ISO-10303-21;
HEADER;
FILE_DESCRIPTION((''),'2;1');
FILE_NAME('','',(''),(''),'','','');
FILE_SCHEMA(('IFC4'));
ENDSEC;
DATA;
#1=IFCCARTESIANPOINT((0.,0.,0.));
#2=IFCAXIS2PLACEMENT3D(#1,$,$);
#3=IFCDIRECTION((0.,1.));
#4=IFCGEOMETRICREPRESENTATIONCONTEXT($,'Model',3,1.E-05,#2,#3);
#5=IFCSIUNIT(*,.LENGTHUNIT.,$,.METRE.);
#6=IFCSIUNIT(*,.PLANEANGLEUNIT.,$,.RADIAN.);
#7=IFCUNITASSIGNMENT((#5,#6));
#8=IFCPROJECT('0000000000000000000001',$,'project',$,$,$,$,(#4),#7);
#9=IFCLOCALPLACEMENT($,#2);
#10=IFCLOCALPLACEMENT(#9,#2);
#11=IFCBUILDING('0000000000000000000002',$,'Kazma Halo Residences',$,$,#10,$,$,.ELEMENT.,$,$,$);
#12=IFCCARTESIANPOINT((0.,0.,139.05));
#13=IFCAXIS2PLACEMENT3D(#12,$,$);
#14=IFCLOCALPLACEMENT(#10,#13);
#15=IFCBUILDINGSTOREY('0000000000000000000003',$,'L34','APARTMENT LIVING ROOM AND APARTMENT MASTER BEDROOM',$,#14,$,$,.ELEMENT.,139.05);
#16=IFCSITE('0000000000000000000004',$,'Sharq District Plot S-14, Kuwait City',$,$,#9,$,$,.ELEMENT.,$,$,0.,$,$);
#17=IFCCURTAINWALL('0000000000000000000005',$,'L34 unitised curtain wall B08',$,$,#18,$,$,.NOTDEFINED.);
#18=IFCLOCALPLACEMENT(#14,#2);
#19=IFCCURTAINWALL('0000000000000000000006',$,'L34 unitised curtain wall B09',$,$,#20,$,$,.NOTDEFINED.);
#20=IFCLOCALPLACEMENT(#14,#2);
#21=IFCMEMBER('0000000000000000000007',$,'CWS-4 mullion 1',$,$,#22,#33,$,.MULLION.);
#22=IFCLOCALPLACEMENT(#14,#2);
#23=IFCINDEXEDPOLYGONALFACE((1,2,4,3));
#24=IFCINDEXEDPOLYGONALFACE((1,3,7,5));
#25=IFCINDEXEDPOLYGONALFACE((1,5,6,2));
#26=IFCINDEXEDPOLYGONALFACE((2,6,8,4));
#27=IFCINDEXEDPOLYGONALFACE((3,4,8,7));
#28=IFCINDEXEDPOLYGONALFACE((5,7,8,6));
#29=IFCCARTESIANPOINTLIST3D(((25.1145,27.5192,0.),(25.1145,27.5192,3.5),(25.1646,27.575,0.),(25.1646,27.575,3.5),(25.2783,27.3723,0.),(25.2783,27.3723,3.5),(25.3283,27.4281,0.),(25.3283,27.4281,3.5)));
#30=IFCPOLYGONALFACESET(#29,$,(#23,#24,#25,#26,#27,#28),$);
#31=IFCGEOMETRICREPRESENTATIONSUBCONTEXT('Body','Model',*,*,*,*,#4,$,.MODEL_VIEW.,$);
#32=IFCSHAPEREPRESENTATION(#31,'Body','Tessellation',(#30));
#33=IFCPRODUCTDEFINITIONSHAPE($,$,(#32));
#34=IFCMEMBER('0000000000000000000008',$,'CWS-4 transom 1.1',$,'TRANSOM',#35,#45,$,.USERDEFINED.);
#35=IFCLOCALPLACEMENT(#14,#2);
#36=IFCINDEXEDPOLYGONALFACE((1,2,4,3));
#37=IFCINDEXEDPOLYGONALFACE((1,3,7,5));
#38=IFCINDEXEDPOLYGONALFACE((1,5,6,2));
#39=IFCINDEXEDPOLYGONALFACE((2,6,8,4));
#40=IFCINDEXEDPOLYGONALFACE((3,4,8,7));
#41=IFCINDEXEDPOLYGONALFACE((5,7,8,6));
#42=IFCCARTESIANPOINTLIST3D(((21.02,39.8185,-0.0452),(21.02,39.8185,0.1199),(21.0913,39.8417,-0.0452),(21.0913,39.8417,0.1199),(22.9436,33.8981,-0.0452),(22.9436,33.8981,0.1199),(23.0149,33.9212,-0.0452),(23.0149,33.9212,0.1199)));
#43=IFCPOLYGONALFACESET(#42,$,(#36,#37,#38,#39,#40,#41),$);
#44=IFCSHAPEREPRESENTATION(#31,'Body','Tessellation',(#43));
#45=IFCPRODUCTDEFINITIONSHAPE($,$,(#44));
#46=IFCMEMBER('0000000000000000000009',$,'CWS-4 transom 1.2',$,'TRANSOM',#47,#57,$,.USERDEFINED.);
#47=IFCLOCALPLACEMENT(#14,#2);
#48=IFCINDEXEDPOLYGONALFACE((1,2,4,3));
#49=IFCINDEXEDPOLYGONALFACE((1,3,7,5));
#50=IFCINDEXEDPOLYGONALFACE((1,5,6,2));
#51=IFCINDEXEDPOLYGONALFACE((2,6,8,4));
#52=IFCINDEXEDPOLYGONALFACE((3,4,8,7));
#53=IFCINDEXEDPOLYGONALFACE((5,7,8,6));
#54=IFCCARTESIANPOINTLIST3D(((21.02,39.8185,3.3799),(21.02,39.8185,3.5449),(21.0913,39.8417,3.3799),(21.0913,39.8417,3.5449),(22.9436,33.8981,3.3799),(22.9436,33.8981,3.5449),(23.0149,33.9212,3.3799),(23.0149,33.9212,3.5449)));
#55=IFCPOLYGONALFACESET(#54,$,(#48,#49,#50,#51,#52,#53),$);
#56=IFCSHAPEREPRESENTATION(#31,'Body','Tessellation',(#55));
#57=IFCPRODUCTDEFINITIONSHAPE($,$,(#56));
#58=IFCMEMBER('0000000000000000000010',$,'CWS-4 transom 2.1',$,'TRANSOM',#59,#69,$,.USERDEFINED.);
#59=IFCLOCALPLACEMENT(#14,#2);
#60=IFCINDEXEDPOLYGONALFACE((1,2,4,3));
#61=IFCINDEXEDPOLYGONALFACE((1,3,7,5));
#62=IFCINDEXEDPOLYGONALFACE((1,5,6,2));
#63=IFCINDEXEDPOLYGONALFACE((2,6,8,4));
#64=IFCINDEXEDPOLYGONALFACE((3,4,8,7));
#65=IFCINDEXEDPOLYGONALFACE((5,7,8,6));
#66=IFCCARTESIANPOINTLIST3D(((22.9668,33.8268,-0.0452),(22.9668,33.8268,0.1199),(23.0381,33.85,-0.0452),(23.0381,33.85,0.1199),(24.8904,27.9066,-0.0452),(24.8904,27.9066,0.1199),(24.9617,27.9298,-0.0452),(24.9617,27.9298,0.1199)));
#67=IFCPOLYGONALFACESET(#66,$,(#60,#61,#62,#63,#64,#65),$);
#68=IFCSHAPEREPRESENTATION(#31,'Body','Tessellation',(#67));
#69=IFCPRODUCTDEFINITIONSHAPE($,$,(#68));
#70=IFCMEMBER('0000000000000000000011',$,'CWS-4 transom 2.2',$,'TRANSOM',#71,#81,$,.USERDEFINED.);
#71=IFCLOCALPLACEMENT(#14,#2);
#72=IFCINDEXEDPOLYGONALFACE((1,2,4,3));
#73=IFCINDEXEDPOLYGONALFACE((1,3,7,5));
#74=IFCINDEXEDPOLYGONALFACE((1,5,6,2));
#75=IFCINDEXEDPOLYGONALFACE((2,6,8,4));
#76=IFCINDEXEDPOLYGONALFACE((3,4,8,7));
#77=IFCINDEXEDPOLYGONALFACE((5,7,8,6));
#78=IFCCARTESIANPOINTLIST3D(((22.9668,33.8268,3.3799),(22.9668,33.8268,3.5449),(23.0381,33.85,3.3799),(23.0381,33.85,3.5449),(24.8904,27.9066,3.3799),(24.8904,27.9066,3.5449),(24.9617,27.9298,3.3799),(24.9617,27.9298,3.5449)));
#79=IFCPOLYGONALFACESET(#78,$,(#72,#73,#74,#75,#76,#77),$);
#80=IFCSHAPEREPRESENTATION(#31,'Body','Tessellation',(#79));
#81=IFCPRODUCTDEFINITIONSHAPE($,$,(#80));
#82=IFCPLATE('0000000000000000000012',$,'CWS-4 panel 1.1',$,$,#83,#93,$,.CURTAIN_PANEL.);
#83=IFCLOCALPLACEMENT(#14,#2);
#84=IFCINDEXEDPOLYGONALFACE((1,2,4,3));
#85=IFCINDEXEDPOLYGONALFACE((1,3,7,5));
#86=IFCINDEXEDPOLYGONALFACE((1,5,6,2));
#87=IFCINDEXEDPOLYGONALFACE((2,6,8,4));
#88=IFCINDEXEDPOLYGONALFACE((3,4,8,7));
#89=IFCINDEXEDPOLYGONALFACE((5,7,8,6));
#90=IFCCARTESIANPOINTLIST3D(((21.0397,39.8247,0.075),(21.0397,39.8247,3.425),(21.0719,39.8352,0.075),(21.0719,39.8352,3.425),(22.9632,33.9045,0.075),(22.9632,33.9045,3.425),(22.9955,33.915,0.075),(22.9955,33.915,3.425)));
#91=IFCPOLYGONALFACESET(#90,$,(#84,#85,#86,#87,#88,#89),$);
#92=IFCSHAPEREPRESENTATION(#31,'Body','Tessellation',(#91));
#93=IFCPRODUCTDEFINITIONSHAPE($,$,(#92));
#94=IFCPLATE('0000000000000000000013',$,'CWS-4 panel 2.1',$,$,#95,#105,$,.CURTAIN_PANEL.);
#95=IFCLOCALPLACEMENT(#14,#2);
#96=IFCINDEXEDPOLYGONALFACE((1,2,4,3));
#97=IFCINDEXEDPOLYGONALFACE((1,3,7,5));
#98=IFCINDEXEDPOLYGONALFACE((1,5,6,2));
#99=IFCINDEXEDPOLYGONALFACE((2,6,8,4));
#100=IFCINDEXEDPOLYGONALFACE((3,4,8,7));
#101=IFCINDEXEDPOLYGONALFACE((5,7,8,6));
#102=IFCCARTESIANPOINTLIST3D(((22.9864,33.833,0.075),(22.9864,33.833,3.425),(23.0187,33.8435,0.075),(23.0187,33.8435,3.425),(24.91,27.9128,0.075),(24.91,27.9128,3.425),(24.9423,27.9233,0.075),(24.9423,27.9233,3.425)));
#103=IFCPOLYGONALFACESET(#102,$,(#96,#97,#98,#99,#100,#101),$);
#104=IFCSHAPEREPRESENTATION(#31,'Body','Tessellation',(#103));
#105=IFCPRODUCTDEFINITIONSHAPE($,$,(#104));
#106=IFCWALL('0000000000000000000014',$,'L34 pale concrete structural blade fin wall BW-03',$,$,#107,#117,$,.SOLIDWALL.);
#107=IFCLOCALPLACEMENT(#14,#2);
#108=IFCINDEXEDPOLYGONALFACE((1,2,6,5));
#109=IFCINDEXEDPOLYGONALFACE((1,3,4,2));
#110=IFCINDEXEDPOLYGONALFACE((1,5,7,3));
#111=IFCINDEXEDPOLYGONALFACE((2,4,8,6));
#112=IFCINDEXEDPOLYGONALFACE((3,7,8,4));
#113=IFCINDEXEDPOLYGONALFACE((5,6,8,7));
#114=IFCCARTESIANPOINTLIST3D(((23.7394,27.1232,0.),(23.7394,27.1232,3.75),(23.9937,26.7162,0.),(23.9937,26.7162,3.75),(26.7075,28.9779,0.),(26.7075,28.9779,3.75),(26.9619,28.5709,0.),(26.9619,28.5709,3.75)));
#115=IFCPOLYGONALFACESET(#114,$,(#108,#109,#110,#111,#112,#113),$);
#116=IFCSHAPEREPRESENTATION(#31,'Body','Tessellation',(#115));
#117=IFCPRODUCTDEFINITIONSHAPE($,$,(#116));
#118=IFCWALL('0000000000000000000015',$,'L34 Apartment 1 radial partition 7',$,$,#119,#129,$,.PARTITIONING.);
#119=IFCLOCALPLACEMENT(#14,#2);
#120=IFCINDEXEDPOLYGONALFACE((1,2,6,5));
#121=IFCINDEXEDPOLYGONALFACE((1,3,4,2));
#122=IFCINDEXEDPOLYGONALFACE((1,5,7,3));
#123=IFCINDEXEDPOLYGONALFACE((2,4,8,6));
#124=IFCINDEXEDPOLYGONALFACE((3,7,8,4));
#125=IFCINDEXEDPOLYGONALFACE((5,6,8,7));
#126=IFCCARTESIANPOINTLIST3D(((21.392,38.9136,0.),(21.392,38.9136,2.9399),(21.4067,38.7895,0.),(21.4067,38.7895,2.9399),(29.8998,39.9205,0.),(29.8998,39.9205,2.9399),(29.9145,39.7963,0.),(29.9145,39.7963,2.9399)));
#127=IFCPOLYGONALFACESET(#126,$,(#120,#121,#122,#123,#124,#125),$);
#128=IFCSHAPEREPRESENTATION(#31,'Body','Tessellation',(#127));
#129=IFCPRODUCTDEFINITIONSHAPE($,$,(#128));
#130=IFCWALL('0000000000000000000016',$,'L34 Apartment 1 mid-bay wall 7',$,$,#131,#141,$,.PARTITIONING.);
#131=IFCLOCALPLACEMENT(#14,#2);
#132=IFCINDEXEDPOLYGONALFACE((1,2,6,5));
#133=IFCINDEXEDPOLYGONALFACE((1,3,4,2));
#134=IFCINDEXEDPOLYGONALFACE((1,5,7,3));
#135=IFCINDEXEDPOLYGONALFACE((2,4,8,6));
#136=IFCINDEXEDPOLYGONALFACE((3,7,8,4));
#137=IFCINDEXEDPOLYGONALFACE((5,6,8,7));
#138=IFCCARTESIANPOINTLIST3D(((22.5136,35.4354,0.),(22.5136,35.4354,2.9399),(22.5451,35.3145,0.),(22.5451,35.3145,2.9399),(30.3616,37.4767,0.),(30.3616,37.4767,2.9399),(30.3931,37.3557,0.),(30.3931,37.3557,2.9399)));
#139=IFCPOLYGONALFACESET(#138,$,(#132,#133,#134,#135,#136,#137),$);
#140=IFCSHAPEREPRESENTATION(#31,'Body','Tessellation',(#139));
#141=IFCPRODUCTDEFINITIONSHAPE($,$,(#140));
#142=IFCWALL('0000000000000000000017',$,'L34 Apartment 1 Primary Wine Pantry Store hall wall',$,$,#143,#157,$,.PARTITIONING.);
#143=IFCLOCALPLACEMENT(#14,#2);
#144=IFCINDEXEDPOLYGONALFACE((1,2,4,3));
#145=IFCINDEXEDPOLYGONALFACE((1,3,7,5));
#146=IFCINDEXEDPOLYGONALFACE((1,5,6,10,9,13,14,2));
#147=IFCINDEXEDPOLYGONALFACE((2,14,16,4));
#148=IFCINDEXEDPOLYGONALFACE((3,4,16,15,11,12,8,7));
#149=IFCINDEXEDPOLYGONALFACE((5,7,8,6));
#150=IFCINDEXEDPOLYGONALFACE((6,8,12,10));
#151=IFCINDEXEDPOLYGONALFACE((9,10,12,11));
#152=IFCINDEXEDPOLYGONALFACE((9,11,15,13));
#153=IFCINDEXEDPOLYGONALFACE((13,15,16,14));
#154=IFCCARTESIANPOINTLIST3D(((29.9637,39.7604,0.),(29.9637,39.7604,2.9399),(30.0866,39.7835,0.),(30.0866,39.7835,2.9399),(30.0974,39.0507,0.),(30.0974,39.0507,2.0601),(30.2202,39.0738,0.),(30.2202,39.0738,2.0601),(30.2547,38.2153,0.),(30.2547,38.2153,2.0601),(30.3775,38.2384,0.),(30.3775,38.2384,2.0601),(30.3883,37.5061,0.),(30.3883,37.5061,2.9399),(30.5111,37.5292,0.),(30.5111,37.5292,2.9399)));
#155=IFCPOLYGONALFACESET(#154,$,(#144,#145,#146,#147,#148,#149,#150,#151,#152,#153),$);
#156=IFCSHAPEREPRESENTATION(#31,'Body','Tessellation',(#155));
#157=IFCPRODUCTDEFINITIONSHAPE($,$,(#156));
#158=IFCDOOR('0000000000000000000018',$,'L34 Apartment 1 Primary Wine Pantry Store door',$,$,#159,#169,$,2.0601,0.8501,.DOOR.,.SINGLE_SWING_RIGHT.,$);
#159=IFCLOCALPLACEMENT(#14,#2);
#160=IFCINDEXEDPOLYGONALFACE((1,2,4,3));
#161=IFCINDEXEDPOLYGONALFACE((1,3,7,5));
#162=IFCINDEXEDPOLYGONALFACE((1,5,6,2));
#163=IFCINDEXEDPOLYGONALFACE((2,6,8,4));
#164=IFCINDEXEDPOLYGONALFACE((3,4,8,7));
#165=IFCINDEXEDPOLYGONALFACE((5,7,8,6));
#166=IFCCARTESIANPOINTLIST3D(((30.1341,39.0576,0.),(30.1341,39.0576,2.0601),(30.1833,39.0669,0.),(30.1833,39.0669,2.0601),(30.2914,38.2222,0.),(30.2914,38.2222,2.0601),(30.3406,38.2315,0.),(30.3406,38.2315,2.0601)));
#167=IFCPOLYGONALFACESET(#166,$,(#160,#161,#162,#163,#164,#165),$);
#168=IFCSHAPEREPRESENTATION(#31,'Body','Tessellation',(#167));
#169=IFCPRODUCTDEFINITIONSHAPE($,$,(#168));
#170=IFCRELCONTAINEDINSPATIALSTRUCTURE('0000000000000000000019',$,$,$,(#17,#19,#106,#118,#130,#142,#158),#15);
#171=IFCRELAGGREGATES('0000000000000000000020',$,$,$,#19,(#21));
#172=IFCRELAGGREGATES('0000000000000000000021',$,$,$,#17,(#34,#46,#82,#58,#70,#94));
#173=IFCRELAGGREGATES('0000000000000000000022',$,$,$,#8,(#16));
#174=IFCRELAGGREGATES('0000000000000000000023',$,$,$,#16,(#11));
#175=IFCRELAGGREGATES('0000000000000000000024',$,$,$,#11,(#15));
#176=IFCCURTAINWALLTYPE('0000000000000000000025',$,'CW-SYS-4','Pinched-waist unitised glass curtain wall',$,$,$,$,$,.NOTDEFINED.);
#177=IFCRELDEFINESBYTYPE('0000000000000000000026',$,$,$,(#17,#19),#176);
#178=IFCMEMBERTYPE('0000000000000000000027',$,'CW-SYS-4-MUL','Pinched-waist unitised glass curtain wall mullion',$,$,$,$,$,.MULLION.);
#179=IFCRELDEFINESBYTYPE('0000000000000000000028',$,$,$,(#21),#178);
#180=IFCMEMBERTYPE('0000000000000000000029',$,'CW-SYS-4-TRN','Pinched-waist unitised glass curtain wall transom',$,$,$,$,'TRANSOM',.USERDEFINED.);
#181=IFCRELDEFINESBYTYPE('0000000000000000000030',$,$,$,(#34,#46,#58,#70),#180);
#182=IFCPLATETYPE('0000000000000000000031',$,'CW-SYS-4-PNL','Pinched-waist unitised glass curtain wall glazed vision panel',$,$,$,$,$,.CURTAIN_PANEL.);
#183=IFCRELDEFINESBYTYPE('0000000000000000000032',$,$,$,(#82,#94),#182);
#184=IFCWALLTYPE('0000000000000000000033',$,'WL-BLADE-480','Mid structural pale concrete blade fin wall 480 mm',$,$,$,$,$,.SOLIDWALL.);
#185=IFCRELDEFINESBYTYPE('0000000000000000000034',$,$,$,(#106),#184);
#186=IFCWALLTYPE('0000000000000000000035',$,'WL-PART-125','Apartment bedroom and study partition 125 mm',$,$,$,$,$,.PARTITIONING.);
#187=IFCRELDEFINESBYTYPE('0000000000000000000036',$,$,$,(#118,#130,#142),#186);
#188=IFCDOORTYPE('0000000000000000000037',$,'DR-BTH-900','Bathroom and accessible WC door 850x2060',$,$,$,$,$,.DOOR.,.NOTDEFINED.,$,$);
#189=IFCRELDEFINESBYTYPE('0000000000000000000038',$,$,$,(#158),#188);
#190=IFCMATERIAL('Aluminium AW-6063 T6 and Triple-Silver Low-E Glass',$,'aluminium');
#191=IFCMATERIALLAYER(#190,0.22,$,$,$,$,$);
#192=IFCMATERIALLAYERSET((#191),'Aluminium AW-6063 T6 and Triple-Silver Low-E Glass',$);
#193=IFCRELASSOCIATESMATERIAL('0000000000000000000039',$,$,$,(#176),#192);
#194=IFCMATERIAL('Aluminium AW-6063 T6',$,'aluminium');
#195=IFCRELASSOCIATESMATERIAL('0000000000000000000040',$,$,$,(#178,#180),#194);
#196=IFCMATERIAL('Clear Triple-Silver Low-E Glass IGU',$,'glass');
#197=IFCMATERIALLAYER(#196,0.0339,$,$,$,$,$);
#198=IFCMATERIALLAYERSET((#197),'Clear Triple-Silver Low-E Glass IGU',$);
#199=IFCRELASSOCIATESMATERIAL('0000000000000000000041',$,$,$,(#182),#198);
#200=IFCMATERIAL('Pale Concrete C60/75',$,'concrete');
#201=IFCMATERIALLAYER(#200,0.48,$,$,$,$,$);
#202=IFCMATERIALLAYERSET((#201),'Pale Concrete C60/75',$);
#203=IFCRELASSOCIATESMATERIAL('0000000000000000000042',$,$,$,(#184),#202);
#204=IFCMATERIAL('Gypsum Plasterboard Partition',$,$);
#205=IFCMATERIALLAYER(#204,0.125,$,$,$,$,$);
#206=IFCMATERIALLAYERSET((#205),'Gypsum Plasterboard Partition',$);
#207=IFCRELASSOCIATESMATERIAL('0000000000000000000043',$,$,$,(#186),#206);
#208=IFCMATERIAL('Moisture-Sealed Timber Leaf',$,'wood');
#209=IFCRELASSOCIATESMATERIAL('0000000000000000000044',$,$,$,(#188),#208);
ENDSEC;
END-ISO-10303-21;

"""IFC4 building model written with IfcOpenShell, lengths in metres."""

from ifc_helpers import new_model, si_unit, direction, frame, frame_2d, origin, origin_2d, place, context, subcontext, project, spatial, rectangle, extrude, material, layer, layer_set, material_profile, profile_set, type_object, element, fill, aggregate, save


model = new_model("IFC4")

# Units and contexts
model_context = context("Model", 3, precision=1e-05, world=origin(), true_north=direction((0.0, 1.0)))
body_context = subcontext(model_context, "Body", "Model", "MODEL_VIEW")
ifc_project = project(units=[si_unit("LENGTHUNIT", "METRE"), si_unit("PLANEANGLEUNIT", "RADIAN")], contexts=[model_context])

# Site, building, storey
site_placement = place(None, origin())
site = spatial("IfcSite", under=ifc_project, at=site_placement, Name="Sharq District Plot S-14, Kuwait City", CompositionType="ELEMENT", RefElevation=0.0)
building_placement = place(site_placement, origin())
building = spatial("IfcBuilding", under=site, at=building_placement, Name="Kazma Halo Residences", CompositionType="ELEMENT")
storey_placement = place(building_placement, frame((0.0, 0.0, 139.05)))
storey = spatial("IfcBuildingStorey", under=building, at=storey_placement, Name="L34", Description="APARTMENT LIVING ROOM AND APARTMENT MASTER BEDROOM", CompositionType="ELEMENT", Elevation=139.05)

# Curtain wall
ifc_material_1 = material(Name="Aluminium AW-6063 T6 and Triple-Silver Low-E Glass", Category="aluminium")
ifc_layer_1 = layer(ifc_material_1, 0.22)
ifc_layer_set_1 = layer_set([ifc_layer_1], Name="Aluminium AW-6063 T6 and Triple-Silver Low-E Glass")
curtain_wall_type = type_object("IfcCurtainWallType", Name="CW-SYS-4", Description="Pinched-waist unitised glass curtain wall", PredefinedType="NOTDEFINED", material=ifc_layer_set_1)
curtain_wall_1_placement = place(storey_placement, origin())
curtain_wall_1 = element("IfcCurtainWall", 1, at=curtain_wall_1_placement, inside=storey, type_object=curtain_wall_type, Name="L34 unitised curtain wall B08", PredefinedType="NOTDEFINED")
ifc_material_2 = material(Name="Aluminium AW-6063 T6", Category="aluminium")
ifc_material_profile_1 = material_profile(ifc_material_2, rectangle(XDim=0.075, YDim=0.22, at=origin_2d()), Name="CWM-75x220")
ifc_profile_set_1 = profile_set([ifc_material_profile_1], Name="Aluminium AW-6063 T6")
member_type_1 = type_object("IfcMemberType", Name="CW-SYS-4-MUL", Description="Pinched-waist unitised glass curtain wall mullion", PredefinedType="MULLION", material=ifc_profile_set_1)

# Curtain wall, member
curtain_wall_2_placement = place(storey_placement, origin())
curtain_wall_2 = element("IfcCurtainWall", 2, at=curtain_wall_2_placement, inside=storey, type_object=curtain_wall_type, Name="L34 unitised curtain wall B09", PredefinedType="NOTDEFINED")
member_1_placement = place(storey_placement, frame((25.2214, 27.4736, 0.0), z_axis=(0.0, 0.0, 1.0), x_axis=(0.66777, 0.744368, 0.0)))
member_1 = element("IfcMember", 3, at=member_1_placement, type_object=member_type_1, Name="CWS-4 mullion 1", PredefinedType="MULLION", context=body_context, shape_type="SweptSolid", body=[
    extrude(rectangle(XDim=0.075, YDim=0.22, at=origin_2d()), origin(), (0.0, 0.0, 1.0), 3.5),
])
aggregate(curtain_wall_2, [member_1])

# Members
ifc_material_profile_2 = material_profile(ifc_material_2, rectangle(XDim=0.075, YDim=0.165, at=origin_2d()), Name="CWT-75x165")
ifc_profile_set_2 = profile_set([ifc_material_profile_2], Name="Aluminium AW-6063 T6")
member_type_2 = type_object("IfcMemberType", Name="CW-SYS-4-TRN", Description="Pinched-waist unitised glass curtain wall transom", ElementType="TRANSOM", PredefinedType="USERDEFINED", material=ifc_profile_set_2)
member_2_placement = place(storey_placement, frame((21.0557, 39.8301, 0.0374), z_axis=(0.309006, -0.95106, 0.0), x_axis=(0.95106, 0.309006, 0.0)))
member_2 = element("IfcMember", 4, at=member_2_placement, type_object=member_type_2, Name="CWS-4 transom 1.1", ObjectType="TRANSOM", PredefinedType="USERDEFINED", context=body_context, shape_type="SweptSolid", body=[
    extrude(rectangle(XDim=0.075, YDim=0.165, at=origin_2d()), origin(), (0.0, 0.0, 1.0), 6.2251),
])
member_3_placement = place(storey_placement, frame((21.0557, 39.8301, 3.4624), z_axis=(0.309006, -0.95106, 0.0), x_axis=(0.95106, 0.309006, 0.0)))
member_3 = element("IfcMember", 5, at=member_3_placement, type_object=member_type_2, Name="CWS-4 transom 1.2", ObjectType="TRANSOM", PredefinedType="USERDEFINED", context=body_context, shape_type="SweptSolid", body=[
    extrude(rectangle(XDim=0.075, YDim=0.165, at=origin_2d()), origin(), (0.0, 0.0, 1.0), 6.2251),
])
member_4_placement = place(storey_placement, frame((23.0024, 33.8384, 0.0374), z_axis=(0.309018, -0.951056, 0.0), x_axis=(0.951056, 0.309018, 0.0)))
member_4 = element("IfcMember", 6, at=member_4_placement, type_object=member_type_2, Name="CWS-4 transom 2.1", ObjectType="TRANSOM", PredefinedType="USERDEFINED", context=body_context, shape_type="SweptSolid", body=[
    extrude(rectangle(XDim=0.075, YDim=0.165, at=origin_2d()), origin(), (0.0, 0.0, 1.0), 6.2249),
])
member_5_placement = place(storey_placement, frame((23.0024, 33.8384, 3.4624), z_axis=(0.309018, -0.951056, 0.0), x_axis=(0.951056, 0.309018, 0.0)))
member_5 = element("IfcMember", 7, at=member_5_placement, type_object=member_type_2, Name="CWS-4 transom 2.2", ObjectType="TRANSOM", PredefinedType="USERDEFINED", context=body_context, shape_type="SweptSolid", body=[
    extrude(rectangle(XDim=0.075, YDim=0.165, at=origin_2d()), origin(), (0.0, 0.0, 1.0), 6.2249),
])

# Plates
ifc_material_3 = material(Name="Clear Triple-Silver Low-E Glass IGU", Category="glass")
ifc_layer_2 = layer(ifc_material_3, 0.0339)
ifc_layer_set_2 = layer_set([ifc_layer_2], Name="Clear Triple-Silver Low-E Glass IGU")
plate_type = type_object("IfcPlateType", Name="CW-SYS-4-PNL", Description="Pinched-waist unitised glass curtain wall glazed vision panel", PredefinedType="CURTAIN_PANEL", material=ifc_layer_set_2)
plate_1_placement = place(storey_placement, frame((22.0176, 36.8699, 0.075), z_axis=(0.0, 0.0, 1.0), x_axis=(0.309014, -0.951058, 0.0)))
plate_1 = element("IfcPlate", 8, at=plate_1_placement, type_object=plate_type, Name="CWS-4 panel 1.1", PredefinedType="CURTAIN_PANEL", context=body_context, shape_type="SweptSolid", body=[
    extrude(rectangle(XDim=6.2249, YDim=0.0339, at=origin_2d()), origin(), (0.0, 0.0, 1.0), 3.3501),
])
plate_2_placement = place(storey_placement, frame((23.9644, 30.8782, 0.075), z_axis=(0.0, 0.0, 1.0), x_axis=(0.309014, -0.951058, 0.0)))
plate_2 = element("IfcPlate", 9, at=plate_2_placement, type_object=plate_type, Name="CWS-4 panel 2.1", PredefinedType="CURTAIN_PANEL", context=body_context, shape_type="SweptSolid", body=[
    extrude(rectangle(XDim=6.2249, YDim=0.0339, at=origin_2d()), origin(), (0.0, 0.0, 1.0), 3.3501),
])
aggregate(curtain_wall_1, [member_2, member_3, plate_1, member_4, member_5, plate_2])

# Walls
ifc_material_4 = material(Name="Pale Concrete C60/75", Category="concrete")
ifc_layer_3 = layer(ifc_material_4, 0.48)
ifc_layer_set_3 = layer_set([ifc_layer_3], Name="Pale Concrete C60/75")
wall_type_1 = type_object("IfcWallType", Name="WL-BLADE-480", Description="Mid structural pale concrete blade fin wall 480 mm", PredefinedType="SOLIDWALL", material=ifc_layer_set_3)
wall_1_placement = place(storey_placement, frame((26.8347, 28.7744, 0.0), z_axis=(0.0, 0.0, 1.0), x_axis=(-0.848053, -0.529911, 0.0)))
element("IfcWall", 10, at=wall_1_placement, inside=storey, type_object=wall_type_1, Name="L34 pale concrete structural blade fin wall BW-03", PredefinedType="SOLIDWALL", context=body_context, shape_type="SweptSolid", body=[
    extrude(rectangle(XDim=3.5, YDim=0.48, at=frame_2d((1.75, 0.0))), origin(), (0.0, 0.0, 1.0), 3.75),
])
ifc_material_5 = material(Name="Gypsum Plasterboard Partition")
ifc_layer_4 = layer(ifc_material_5, 0.125)
ifc_layer_set_4 = layer_set([ifc_layer_4], Name="Gypsum Plasterboard Partition")
wall_type_2 = type_object("IfcWallType", Name="WL-PART-125", Description="Apartment bedroom and study partition 125 mm", PredefinedType="PARTITIONING", material=ifc_layer_set_4)
wall_2_placement = place(storey_placement, frame((29.9072, 39.8584, 0.0), z_axis=(0.0, 0.0, 1.0), x_axis=(-0.99307, -0.117522, 0.0)))
element("IfcWall", 11, at=wall_2_placement, inside=storey, type_object=wall_type_2, Name="L34 Apartment 1 radial partition 7", PredefinedType="PARTITIONING", context=body_context, shape_type="SweptSolid", body=[
    extrude(rectangle(XDim=8.5671, YDim=0.125, at=frame_2d((4.2837, 0.0))), origin(), (0.0, 0.0, 1.0), 2.9399),
])
wall_3_placement = place(storey_placement, frame((30.3774, 37.4163, 0.0), z_axis=(0.0, 0.0, 1.0), x_axis=(-0.967798, -0.251727, 0.0)))
element("IfcWall", 12, at=wall_3_placement, inside=storey, type_object=wall_type_2, Name="L34 Apartment 1 mid-bay wall 7", PredefinedType="PARTITIONING", context=body_context, shape_type="SweptSolid", body=[
    extrude(rectangle(XDim=8.1091, YDim=0.125, at=frame_2d((4.0547, 0.0))), origin(), (0.0, 0.0, 1.0), 2.9399),
])

# Wall, opening, door
wall_4_placement = place(storey_placement, frame((30.0251, 39.772, 0.0), z_axis=(0.0, 0.0, 1.0), x_axis=(0.185072, -0.982725, 0.0)))
wall_4 = element("IfcWall", 13, at=wall_4_placement, inside=storey, type_object=wall_type_2, Name="L34 Apartment 1 Primary Wine Pantry Store hall wall", PredefinedType="PARTITIONING", context=body_context, shape_type="SweptSolid", body=[
    extrude(rectangle(XDim=2.2939, YDim=0.125, at=frame_2d((1.147, 0.0))), origin(), (0.0, 0.0, 1.0), 2.9399),
])
opening_1_placement = place(wall_4_placement, frame((0.7222, 0.0, 0.0)))
opening_1 = element("IfcOpeningElement", 14, at=opening_1_placement, cuts=wall_4, PredefinedType="OPENING", context=body_context, shape_type="SweptSolid", body=[
    extrude(rectangle(XDim=0.8501, YDim=2.0601, at=frame_2d((0.425, 1.03))), frame((0.0, 0.0725, 0.0), z_axis=(0.0, -1.0, 0.0), x_axis=(1.0, 0.0, 0.0)), (0.0, 0.0, 1.0), 0.145),
])
ifc_material_6 = material(Name="Moisture-Sealed Timber Leaf", Category="wood")
door_type_1 = type_object("IfcDoorType", Name="DR-BTH-900", Description="Bathroom and accessible WC door 850x2060", OperationType="NOTDEFINED", PredefinedType="DOOR", material=ifc_material_6)
door_1_placement = place(opening_1_placement, origin())
door_1 = element("IfcDoor", 15, at=door_1_placement, inside=storey, type_object=door_type_1, Name="L34 Apartment 1 Primary Wine Pantry Store door", OperationType="SINGLE_SWING_RIGHT", OverallHeight=2.0601, OverallWidth=0.8501, PredefinedType="DOOR", context=body_context, shape_type="SweptSolid", body=[
    extrude(rectangle(XDim=0.8501, YDim=2.0601, at=frame_2d((0.425, 1.03))), frame((0.0, 0.0249, 0.0), z_axis=(0.0, -1.0, 0.0), x_axis=(1.0, 0.0, 0.0)), (0.0, 0.0, 1.0), 0.05),
])
fill(opening_1, door_1)

save(model, "model.ifc")
